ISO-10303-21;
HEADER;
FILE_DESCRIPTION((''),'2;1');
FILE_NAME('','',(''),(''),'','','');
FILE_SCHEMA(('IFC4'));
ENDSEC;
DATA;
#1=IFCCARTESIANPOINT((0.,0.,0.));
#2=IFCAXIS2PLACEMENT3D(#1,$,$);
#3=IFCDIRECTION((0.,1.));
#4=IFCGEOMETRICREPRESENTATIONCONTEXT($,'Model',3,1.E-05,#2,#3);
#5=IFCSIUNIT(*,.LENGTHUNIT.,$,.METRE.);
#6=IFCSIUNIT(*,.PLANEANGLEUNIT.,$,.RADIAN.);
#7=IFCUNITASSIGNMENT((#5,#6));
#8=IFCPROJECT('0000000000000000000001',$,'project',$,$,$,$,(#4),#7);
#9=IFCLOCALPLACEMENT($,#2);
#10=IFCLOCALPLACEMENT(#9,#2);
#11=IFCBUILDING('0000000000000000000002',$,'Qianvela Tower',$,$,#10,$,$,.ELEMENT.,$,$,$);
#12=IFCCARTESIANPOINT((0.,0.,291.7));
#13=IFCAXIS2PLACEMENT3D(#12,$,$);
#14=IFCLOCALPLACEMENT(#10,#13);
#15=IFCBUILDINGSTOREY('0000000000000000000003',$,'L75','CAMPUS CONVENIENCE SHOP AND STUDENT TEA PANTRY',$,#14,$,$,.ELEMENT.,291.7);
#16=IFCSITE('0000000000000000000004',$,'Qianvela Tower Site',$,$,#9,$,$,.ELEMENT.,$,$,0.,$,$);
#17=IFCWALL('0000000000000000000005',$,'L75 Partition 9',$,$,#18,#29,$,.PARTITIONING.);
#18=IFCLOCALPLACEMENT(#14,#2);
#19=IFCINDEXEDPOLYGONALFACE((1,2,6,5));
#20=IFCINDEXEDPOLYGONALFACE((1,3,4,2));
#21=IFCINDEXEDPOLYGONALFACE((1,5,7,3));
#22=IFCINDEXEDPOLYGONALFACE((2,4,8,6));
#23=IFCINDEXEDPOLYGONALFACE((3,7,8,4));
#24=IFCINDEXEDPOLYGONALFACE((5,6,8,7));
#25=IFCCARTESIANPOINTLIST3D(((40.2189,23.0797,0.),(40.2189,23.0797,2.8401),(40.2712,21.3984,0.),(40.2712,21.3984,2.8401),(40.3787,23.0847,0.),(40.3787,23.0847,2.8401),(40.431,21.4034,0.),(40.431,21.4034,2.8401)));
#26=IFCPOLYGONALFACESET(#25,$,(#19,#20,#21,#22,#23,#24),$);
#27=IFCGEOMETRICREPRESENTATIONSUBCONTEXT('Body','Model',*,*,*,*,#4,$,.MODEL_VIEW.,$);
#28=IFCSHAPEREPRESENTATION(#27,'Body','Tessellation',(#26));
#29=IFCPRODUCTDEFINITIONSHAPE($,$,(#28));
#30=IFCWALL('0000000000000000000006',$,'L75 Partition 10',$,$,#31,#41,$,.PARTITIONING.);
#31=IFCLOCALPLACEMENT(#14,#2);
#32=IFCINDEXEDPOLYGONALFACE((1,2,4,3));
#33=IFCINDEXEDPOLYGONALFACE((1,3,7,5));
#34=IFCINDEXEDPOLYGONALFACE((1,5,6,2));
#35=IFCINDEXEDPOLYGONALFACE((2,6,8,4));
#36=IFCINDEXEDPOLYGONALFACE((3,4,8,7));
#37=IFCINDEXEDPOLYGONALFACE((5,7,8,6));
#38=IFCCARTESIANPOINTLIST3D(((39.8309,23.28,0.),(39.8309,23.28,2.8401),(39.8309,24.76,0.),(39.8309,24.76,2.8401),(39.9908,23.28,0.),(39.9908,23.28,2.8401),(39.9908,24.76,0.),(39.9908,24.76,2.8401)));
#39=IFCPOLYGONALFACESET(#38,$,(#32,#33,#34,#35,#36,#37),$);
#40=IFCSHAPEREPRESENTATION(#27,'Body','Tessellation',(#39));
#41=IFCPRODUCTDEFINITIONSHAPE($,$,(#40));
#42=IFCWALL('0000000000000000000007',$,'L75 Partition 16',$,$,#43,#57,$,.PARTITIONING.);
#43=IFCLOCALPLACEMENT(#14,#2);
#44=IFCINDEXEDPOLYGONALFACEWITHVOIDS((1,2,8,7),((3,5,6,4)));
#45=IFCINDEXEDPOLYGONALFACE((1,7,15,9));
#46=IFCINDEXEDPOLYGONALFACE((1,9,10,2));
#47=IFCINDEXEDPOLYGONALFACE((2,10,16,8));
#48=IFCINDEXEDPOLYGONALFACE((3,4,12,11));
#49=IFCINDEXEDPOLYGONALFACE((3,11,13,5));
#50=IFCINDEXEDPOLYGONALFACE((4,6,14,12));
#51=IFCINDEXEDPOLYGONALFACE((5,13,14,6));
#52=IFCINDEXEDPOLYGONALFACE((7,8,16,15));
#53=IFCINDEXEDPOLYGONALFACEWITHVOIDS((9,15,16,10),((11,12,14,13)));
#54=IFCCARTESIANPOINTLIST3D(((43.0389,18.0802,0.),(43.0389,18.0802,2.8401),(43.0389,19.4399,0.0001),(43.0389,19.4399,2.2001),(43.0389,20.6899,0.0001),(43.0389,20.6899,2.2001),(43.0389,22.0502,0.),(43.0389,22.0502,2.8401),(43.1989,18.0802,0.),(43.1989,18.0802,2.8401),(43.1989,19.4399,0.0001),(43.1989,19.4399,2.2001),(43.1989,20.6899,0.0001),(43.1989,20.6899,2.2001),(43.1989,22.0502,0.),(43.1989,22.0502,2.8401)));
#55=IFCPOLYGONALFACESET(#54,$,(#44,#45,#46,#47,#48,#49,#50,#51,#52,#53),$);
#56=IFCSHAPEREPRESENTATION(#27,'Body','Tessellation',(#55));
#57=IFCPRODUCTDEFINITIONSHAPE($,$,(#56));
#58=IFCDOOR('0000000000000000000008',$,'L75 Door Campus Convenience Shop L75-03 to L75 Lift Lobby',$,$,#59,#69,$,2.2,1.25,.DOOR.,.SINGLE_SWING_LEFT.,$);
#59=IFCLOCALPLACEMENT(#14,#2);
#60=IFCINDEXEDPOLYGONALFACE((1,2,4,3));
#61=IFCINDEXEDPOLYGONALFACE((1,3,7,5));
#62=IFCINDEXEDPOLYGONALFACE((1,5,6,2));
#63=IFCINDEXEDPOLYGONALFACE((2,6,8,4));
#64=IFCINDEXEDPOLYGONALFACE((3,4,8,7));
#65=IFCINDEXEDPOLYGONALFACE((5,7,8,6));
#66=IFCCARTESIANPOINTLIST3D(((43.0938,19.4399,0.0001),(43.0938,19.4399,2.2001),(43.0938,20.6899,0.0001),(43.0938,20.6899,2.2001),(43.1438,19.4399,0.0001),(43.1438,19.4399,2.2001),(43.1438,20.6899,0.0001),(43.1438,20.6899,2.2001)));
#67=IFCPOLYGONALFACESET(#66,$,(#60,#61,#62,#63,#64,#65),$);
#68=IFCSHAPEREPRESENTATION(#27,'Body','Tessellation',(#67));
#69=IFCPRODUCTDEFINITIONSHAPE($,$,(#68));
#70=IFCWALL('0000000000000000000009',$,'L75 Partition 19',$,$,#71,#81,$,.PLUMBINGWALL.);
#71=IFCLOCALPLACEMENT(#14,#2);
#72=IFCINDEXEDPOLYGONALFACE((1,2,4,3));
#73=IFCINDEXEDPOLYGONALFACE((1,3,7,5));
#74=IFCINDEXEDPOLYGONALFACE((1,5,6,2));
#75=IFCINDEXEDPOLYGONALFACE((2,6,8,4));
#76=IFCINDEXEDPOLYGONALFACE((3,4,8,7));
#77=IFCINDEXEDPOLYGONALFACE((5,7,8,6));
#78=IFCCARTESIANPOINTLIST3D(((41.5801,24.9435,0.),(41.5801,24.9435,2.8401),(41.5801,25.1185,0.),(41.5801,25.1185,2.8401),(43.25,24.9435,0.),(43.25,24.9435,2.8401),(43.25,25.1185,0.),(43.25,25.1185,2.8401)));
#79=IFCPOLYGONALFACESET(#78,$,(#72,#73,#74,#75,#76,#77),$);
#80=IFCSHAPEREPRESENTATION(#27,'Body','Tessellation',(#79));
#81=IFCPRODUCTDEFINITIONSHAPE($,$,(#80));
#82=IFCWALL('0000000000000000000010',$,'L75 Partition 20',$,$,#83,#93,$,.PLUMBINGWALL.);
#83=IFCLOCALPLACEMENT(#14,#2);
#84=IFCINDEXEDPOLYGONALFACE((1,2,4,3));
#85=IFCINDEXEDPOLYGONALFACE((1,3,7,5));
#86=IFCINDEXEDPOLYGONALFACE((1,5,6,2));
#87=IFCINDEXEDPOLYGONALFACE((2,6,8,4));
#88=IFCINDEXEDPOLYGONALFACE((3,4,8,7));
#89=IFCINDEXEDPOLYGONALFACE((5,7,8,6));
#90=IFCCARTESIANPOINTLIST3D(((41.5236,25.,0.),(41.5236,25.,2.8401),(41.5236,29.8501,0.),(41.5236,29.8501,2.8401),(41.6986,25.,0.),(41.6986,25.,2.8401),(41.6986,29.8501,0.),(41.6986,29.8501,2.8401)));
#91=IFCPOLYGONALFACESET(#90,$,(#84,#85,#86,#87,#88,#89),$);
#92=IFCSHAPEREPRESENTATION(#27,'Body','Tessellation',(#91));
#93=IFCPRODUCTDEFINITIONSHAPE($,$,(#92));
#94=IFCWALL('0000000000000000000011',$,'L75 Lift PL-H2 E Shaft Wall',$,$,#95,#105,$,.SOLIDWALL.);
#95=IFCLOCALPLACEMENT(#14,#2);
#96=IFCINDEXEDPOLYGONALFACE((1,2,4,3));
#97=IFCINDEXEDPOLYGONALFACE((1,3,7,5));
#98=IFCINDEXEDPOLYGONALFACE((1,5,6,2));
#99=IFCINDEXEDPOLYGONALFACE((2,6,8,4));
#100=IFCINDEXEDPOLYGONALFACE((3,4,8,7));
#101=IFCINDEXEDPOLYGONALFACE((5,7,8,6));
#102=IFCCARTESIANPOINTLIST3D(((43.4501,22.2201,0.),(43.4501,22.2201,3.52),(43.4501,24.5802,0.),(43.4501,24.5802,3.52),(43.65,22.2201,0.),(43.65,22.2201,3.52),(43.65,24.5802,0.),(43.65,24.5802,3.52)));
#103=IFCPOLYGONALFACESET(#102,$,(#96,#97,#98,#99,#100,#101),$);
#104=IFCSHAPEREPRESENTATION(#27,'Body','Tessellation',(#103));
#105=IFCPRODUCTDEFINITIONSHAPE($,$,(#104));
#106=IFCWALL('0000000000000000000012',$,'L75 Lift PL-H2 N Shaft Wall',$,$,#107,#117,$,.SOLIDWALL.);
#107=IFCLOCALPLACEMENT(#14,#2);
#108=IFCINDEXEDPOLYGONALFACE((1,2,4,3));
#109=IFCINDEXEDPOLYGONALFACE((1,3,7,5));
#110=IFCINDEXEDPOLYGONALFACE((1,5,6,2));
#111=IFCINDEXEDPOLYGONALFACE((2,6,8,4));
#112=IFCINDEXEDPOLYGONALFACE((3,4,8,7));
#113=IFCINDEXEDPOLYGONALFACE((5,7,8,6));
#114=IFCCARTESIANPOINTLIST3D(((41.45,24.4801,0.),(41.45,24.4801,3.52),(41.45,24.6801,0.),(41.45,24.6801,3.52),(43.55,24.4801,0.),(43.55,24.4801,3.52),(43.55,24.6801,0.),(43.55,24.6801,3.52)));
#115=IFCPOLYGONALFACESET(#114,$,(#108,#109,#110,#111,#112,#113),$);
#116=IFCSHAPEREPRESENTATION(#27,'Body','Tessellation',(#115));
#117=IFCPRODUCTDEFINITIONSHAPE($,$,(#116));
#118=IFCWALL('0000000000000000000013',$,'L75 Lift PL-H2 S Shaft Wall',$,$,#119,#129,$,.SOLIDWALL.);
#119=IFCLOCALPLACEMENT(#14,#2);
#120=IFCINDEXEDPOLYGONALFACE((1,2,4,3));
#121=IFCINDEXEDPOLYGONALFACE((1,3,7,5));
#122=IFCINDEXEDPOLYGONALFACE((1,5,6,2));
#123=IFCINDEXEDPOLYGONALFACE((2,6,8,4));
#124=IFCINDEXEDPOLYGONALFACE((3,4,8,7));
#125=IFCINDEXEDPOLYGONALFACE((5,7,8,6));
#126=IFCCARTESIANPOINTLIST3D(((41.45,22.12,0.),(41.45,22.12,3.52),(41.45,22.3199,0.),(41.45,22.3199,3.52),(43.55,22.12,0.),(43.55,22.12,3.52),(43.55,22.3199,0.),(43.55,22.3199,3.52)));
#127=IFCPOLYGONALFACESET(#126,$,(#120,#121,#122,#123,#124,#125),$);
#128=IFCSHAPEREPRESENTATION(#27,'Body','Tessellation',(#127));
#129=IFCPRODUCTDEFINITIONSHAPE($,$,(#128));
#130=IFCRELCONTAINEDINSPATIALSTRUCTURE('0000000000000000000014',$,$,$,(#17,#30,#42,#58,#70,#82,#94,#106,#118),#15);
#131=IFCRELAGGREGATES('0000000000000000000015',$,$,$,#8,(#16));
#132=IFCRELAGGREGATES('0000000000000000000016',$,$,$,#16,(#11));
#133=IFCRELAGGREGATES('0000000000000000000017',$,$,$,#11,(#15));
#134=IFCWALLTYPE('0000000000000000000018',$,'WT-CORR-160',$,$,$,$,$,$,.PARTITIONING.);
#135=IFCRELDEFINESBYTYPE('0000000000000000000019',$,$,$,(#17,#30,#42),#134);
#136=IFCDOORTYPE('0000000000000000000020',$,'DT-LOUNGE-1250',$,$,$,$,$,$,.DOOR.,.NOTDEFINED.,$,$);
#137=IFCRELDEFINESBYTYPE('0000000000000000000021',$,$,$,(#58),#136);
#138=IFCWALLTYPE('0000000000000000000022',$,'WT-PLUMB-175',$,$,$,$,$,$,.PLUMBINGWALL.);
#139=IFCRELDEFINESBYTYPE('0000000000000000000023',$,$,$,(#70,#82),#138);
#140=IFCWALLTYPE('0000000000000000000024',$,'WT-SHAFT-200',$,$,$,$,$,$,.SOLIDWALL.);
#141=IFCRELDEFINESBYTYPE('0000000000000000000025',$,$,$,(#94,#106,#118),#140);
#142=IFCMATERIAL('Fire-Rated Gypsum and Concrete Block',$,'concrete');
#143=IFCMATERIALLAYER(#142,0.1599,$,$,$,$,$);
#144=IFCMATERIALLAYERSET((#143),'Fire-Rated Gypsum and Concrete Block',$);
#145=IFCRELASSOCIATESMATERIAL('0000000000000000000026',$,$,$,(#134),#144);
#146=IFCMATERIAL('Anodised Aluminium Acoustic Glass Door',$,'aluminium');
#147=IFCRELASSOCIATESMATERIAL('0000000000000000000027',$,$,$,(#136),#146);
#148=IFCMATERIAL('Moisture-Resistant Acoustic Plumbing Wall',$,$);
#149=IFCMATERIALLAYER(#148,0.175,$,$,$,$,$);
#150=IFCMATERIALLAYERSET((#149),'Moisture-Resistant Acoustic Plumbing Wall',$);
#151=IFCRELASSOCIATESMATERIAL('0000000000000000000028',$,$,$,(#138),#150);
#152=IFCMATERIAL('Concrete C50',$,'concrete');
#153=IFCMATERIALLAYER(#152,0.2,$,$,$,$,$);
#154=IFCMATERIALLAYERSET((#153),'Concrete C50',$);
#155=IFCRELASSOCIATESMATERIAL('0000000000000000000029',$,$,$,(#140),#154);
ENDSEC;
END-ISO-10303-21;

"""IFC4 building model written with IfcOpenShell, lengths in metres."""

from ifc_helpers import new_model, si_unit, direction, frame, frame_2d, origin, place, context, subcontext, project, spatial, rectangle, extrude, material, layer, layer_set, type_object, element, fill, save


model = new_model("IFC4")

# Units and contexts
model_context = context("Model", 3, precision=1e-05, world=origin(), true_north=direction((0.0, 1.0)))
body_context = subcontext(model_context, "Body", "Model", "MODEL_VIEW")
ifc_project = project(units=[si_unit("LENGTHUNIT", "METRE"), si_unit("PLANEANGLEUNIT", "RADIAN")], contexts=[model_context])

# Site, building, storey
site_placement = place(None, origin())
site = spatial("IfcSite", under=ifc_project, at=site_placement, Name="Qianvela Tower Site", CompositionType="ELEMENT", RefElevation=0.0)
building_placement = place(site_placement, origin())
building = spatial("IfcBuilding", under=site, at=building_placement, Name="Qianvela Tower", CompositionType="ELEMENT")
storey_placement = place(building_placement, frame((0.0, 0.0, 291.7)))
storey = spatial("IfcBuildingStorey", under=building, at=storey_placement, Name="L75", Description="CAMPUS CONVENIENCE SHOP AND STUDENT TEA PANTRY", CompositionType="ELEMENT", Elevation=291.7)

# Walls
ifc_material_1 = material(Name="Fire-Rated Gypsum and Concrete Block", Category="concrete")
ifc_layer_1 = layer(ifc_material_1, 0.1599)
ifc_layer_set_1 = layer_set([ifc_layer_1], Name="Fire-Rated Gypsum and Concrete Block")
wall_type_1 = type_object("IfcWallType", Name="WT-CORR-160", PredefinedType="PARTITIONING", material=ifc_layer_set_1)
wall_1_placement = place(storey_placement, frame((40.3511, 21.4009, 0.0), z_axis=(0.0, 0.0, 1.0), x_axis=(-0.031058, 0.999518, 0.0)))
element("IfcWall", 1, at=wall_1_placement, inside=storey, type_object=wall_type_1, Name="L75 Partition 9", PredefinedType="PARTITIONING", context=body_context, shape_type="SweptSolid", body=[
    extrude(rectangle(XDim=1.6821, YDim=0.1599, at=frame_2d((0.8411, 0.0))), origin(), (0.0, 0.0, 1.0), 2.8401),
])
wall_2_placement = place(storey_placement, frame((39.9109, 23.28, 0.0), z_axis=(0.0, 0.0, 1.0), x_axis=(0.0, 1.0, 0.0)))
element("IfcWall", 2, at=wall_2_placement, inside=storey, type_object=wall_type_1, Name="L75 Partition 10", PredefinedType="PARTITIONING", context=body_context, shape_type="SweptSolid", body=[
    extrude(rectangle(XDim=1.48, YDim=0.1599, at=frame_2d((0.74, 0.0))), origin(), (0.0, 0.0, 1.0), 2.8401),
])

# Wall, opening, door
wall_3_placement = place(storey_placement, frame((43.1189, 22.05, 0.0), z_axis=(0.0, 0.0, 1.0), x_axis=(0.0, -1.0, 0.0)))
wall_3 = element("IfcWall", 3, at=wall_3_placement, inside=storey, type_object=wall_type_1, Name="L75 Partition 16", PredefinedType="PARTITIONING", context=body_context, shape_type="SweptSolid", body=[
    extrude(rectangle(XDim=3.97, YDim=0.1599, at=frame_2d((1.9849, 0.0))), origin(), (0.0, 0.0, 1.0), 2.8401),
])
opening_1_placement = place(wall_3_placement, frame((1.3601, 0.0, 0.0)))
opening_1 = element("IfcOpeningElement", 4, at=opening_1_placement, cuts=wall_3, PredefinedType="OPENING", context=body_context, shape_type="SweptSolid", body=[
    extrude(rectangle(XDim=1.25, YDim=2.2, at=frame_2d((0.625, 1.1001))), frame((0.0, 0.0898, 0.0), z_axis=(0.0, -1.0, 0.0), x_axis=(1.0, 0.0, 0.0)), (0.0, 0.0, 1.0), 0.1799),
])
ifc_material_2 = material(Name="Anodised Aluminium Acoustic Glass Door", Category="aluminium")
door_type_1 = type_object("IfcDoorType", Name="DT-LOUNGE-1250", OperationType="NOTDEFINED", PredefinedType="DOOR", material=ifc_material_2)
door_1_placement = place(opening_1_placement, origin())
door_1 = element("IfcDoor", 5, at=door_1_placement, inside=storey, type_object=door_type_1, Name="L75 Door Campus Convenience Shop L75-03 to L75 Lift Lobby", OperationType="SINGLE_SWING_LEFT", OverallHeight=2.2, OverallWidth=1.25, PredefinedType="DOOR", context=body_context, shape_type="SweptSolid", body=[
    extrude(rectangle(XDim=1.25, YDim=2.2, at=frame_2d((0.625, 1.1001))), frame((0.0, 0.0249, 0.0), z_axis=(0.0, -1.0, 0.0), x_axis=(1.0, 0.0, 0.0)), (0.0, 0.0, 1.0), 0.05),
])
fill(opening_1, door_1)

# Walls
ifc_material_3 = material(Name="Moisture-Resistant Acoustic Plumbing Wall")
ifc_layer_2 = layer(ifc_material_3, 0.175)
ifc_layer_set_2 = layer_set([ifc_layer_2], Name="Moisture-Resistant Acoustic Plumbing Wall")
wall_type_2 = type_object("IfcWallType", Name="WT-PLUMB-175", PredefinedType="PLUMBINGWALL", material=ifc_layer_set_2)
wall_4_placement = place(storey_placement, frame((43.25, 25.031, 0.0), z_axis=(0.0, 0.0, 1.0), x_axis=(-1.0, 0.0, 0.0)))
element("IfcWall", 6, at=wall_4_placement, inside=storey, type_object=wall_type_2, Name="L75 Partition 19", PredefinedType="PLUMBINGWALL", context=body_context, shape_type="SweptSolid", body=[
    extrude(rectangle(XDim=1.6699, YDim=0.175, at=frame_2d((0.835, 0.0))), origin(), (0.0, 0.0, 1.0), 2.8401),
])
wall_5_placement = place(storey_placement, frame((41.6111, 25.0, 0.0), z_axis=(0.0, 0.0, 1.0), x_axis=(0.0, 1.0, 0.0)))
element("IfcWall", 7, at=wall_5_placement, inside=storey, type_object=wall_type_2, Name="L75 Partition 20", PredefinedType="PLUMBINGWALL", context=body_context, shape_type="SweptSolid", body=[
    extrude(rectangle(XDim=4.8501, YDim=0.175, at=frame_2d((2.425, 0.0))), origin(), (0.0, 0.0, 1.0), 2.8401),
])
ifc_material_4 = material(Name="Concrete C50", Category="concrete")
ifc_layer_3 = layer(ifc_material_4, 0.2)
ifc_layer_set_3 = layer_set([ifc_layer_3], Name="Concrete C50")
wall_type_3 = type_object("IfcWallType", Name="WT-SHAFT-200", PredefinedType="SOLIDWALL", material=ifc_layer_set_3)
wall_6_placement = place(storey_placement, frame((43.55, 22.22, 0.0), z_axis=(0.0, 0.0, 1.0), x_axis=(0.0, 1.0, 0.0)))
element("IfcWall", 8, at=wall_6_placement, inside=storey, type_object=wall_type_3, Name="L75 Lift PL-H2 E Shaft Wall", PredefinedType="SOLIDWALL", context=body_context, shape_type="SweptSolid", body=[
    extrude(rectangle(XDim=2.3601, YDim=0.2, at=frame_2d((1.1802, 0.0))), origin(), (0.0, 0.0, 1.0), 3.52),
])

# Walls
for number, where, z_axis, x_axis, name in (
    (9, (41.45, 24.5801, 0.0), (0.0, 0.0, 1.0), (1.0, 0.0, 0.0), "L75 Lift PL-H2 N Shaft Wall"),
    (10, (41.45, 22.22, 0.0), (0.0, 0.0, 1.0), (1.0, 0.0, 0.0), "L75 Lift PL-H2 S Shaft Wall"),
):
    element("IfcWall", number, at=place(storey_placement, frame(where, z_axis=z_axis, x_axis=x_axis)), inside=storey, type_object=wall_type_3, Name=name, PredefinedType="SOLIDWALL", context=body_context, shape_type="SweptSolid", body=[
        extrude(rectangle(XDim=2.1001, YDim=0.2, at=frame_2d((1.05, 0.0))), origin(), (0.0, 0.0, 1.0), 3.52),
    ])

save(model, "model.ifc")
